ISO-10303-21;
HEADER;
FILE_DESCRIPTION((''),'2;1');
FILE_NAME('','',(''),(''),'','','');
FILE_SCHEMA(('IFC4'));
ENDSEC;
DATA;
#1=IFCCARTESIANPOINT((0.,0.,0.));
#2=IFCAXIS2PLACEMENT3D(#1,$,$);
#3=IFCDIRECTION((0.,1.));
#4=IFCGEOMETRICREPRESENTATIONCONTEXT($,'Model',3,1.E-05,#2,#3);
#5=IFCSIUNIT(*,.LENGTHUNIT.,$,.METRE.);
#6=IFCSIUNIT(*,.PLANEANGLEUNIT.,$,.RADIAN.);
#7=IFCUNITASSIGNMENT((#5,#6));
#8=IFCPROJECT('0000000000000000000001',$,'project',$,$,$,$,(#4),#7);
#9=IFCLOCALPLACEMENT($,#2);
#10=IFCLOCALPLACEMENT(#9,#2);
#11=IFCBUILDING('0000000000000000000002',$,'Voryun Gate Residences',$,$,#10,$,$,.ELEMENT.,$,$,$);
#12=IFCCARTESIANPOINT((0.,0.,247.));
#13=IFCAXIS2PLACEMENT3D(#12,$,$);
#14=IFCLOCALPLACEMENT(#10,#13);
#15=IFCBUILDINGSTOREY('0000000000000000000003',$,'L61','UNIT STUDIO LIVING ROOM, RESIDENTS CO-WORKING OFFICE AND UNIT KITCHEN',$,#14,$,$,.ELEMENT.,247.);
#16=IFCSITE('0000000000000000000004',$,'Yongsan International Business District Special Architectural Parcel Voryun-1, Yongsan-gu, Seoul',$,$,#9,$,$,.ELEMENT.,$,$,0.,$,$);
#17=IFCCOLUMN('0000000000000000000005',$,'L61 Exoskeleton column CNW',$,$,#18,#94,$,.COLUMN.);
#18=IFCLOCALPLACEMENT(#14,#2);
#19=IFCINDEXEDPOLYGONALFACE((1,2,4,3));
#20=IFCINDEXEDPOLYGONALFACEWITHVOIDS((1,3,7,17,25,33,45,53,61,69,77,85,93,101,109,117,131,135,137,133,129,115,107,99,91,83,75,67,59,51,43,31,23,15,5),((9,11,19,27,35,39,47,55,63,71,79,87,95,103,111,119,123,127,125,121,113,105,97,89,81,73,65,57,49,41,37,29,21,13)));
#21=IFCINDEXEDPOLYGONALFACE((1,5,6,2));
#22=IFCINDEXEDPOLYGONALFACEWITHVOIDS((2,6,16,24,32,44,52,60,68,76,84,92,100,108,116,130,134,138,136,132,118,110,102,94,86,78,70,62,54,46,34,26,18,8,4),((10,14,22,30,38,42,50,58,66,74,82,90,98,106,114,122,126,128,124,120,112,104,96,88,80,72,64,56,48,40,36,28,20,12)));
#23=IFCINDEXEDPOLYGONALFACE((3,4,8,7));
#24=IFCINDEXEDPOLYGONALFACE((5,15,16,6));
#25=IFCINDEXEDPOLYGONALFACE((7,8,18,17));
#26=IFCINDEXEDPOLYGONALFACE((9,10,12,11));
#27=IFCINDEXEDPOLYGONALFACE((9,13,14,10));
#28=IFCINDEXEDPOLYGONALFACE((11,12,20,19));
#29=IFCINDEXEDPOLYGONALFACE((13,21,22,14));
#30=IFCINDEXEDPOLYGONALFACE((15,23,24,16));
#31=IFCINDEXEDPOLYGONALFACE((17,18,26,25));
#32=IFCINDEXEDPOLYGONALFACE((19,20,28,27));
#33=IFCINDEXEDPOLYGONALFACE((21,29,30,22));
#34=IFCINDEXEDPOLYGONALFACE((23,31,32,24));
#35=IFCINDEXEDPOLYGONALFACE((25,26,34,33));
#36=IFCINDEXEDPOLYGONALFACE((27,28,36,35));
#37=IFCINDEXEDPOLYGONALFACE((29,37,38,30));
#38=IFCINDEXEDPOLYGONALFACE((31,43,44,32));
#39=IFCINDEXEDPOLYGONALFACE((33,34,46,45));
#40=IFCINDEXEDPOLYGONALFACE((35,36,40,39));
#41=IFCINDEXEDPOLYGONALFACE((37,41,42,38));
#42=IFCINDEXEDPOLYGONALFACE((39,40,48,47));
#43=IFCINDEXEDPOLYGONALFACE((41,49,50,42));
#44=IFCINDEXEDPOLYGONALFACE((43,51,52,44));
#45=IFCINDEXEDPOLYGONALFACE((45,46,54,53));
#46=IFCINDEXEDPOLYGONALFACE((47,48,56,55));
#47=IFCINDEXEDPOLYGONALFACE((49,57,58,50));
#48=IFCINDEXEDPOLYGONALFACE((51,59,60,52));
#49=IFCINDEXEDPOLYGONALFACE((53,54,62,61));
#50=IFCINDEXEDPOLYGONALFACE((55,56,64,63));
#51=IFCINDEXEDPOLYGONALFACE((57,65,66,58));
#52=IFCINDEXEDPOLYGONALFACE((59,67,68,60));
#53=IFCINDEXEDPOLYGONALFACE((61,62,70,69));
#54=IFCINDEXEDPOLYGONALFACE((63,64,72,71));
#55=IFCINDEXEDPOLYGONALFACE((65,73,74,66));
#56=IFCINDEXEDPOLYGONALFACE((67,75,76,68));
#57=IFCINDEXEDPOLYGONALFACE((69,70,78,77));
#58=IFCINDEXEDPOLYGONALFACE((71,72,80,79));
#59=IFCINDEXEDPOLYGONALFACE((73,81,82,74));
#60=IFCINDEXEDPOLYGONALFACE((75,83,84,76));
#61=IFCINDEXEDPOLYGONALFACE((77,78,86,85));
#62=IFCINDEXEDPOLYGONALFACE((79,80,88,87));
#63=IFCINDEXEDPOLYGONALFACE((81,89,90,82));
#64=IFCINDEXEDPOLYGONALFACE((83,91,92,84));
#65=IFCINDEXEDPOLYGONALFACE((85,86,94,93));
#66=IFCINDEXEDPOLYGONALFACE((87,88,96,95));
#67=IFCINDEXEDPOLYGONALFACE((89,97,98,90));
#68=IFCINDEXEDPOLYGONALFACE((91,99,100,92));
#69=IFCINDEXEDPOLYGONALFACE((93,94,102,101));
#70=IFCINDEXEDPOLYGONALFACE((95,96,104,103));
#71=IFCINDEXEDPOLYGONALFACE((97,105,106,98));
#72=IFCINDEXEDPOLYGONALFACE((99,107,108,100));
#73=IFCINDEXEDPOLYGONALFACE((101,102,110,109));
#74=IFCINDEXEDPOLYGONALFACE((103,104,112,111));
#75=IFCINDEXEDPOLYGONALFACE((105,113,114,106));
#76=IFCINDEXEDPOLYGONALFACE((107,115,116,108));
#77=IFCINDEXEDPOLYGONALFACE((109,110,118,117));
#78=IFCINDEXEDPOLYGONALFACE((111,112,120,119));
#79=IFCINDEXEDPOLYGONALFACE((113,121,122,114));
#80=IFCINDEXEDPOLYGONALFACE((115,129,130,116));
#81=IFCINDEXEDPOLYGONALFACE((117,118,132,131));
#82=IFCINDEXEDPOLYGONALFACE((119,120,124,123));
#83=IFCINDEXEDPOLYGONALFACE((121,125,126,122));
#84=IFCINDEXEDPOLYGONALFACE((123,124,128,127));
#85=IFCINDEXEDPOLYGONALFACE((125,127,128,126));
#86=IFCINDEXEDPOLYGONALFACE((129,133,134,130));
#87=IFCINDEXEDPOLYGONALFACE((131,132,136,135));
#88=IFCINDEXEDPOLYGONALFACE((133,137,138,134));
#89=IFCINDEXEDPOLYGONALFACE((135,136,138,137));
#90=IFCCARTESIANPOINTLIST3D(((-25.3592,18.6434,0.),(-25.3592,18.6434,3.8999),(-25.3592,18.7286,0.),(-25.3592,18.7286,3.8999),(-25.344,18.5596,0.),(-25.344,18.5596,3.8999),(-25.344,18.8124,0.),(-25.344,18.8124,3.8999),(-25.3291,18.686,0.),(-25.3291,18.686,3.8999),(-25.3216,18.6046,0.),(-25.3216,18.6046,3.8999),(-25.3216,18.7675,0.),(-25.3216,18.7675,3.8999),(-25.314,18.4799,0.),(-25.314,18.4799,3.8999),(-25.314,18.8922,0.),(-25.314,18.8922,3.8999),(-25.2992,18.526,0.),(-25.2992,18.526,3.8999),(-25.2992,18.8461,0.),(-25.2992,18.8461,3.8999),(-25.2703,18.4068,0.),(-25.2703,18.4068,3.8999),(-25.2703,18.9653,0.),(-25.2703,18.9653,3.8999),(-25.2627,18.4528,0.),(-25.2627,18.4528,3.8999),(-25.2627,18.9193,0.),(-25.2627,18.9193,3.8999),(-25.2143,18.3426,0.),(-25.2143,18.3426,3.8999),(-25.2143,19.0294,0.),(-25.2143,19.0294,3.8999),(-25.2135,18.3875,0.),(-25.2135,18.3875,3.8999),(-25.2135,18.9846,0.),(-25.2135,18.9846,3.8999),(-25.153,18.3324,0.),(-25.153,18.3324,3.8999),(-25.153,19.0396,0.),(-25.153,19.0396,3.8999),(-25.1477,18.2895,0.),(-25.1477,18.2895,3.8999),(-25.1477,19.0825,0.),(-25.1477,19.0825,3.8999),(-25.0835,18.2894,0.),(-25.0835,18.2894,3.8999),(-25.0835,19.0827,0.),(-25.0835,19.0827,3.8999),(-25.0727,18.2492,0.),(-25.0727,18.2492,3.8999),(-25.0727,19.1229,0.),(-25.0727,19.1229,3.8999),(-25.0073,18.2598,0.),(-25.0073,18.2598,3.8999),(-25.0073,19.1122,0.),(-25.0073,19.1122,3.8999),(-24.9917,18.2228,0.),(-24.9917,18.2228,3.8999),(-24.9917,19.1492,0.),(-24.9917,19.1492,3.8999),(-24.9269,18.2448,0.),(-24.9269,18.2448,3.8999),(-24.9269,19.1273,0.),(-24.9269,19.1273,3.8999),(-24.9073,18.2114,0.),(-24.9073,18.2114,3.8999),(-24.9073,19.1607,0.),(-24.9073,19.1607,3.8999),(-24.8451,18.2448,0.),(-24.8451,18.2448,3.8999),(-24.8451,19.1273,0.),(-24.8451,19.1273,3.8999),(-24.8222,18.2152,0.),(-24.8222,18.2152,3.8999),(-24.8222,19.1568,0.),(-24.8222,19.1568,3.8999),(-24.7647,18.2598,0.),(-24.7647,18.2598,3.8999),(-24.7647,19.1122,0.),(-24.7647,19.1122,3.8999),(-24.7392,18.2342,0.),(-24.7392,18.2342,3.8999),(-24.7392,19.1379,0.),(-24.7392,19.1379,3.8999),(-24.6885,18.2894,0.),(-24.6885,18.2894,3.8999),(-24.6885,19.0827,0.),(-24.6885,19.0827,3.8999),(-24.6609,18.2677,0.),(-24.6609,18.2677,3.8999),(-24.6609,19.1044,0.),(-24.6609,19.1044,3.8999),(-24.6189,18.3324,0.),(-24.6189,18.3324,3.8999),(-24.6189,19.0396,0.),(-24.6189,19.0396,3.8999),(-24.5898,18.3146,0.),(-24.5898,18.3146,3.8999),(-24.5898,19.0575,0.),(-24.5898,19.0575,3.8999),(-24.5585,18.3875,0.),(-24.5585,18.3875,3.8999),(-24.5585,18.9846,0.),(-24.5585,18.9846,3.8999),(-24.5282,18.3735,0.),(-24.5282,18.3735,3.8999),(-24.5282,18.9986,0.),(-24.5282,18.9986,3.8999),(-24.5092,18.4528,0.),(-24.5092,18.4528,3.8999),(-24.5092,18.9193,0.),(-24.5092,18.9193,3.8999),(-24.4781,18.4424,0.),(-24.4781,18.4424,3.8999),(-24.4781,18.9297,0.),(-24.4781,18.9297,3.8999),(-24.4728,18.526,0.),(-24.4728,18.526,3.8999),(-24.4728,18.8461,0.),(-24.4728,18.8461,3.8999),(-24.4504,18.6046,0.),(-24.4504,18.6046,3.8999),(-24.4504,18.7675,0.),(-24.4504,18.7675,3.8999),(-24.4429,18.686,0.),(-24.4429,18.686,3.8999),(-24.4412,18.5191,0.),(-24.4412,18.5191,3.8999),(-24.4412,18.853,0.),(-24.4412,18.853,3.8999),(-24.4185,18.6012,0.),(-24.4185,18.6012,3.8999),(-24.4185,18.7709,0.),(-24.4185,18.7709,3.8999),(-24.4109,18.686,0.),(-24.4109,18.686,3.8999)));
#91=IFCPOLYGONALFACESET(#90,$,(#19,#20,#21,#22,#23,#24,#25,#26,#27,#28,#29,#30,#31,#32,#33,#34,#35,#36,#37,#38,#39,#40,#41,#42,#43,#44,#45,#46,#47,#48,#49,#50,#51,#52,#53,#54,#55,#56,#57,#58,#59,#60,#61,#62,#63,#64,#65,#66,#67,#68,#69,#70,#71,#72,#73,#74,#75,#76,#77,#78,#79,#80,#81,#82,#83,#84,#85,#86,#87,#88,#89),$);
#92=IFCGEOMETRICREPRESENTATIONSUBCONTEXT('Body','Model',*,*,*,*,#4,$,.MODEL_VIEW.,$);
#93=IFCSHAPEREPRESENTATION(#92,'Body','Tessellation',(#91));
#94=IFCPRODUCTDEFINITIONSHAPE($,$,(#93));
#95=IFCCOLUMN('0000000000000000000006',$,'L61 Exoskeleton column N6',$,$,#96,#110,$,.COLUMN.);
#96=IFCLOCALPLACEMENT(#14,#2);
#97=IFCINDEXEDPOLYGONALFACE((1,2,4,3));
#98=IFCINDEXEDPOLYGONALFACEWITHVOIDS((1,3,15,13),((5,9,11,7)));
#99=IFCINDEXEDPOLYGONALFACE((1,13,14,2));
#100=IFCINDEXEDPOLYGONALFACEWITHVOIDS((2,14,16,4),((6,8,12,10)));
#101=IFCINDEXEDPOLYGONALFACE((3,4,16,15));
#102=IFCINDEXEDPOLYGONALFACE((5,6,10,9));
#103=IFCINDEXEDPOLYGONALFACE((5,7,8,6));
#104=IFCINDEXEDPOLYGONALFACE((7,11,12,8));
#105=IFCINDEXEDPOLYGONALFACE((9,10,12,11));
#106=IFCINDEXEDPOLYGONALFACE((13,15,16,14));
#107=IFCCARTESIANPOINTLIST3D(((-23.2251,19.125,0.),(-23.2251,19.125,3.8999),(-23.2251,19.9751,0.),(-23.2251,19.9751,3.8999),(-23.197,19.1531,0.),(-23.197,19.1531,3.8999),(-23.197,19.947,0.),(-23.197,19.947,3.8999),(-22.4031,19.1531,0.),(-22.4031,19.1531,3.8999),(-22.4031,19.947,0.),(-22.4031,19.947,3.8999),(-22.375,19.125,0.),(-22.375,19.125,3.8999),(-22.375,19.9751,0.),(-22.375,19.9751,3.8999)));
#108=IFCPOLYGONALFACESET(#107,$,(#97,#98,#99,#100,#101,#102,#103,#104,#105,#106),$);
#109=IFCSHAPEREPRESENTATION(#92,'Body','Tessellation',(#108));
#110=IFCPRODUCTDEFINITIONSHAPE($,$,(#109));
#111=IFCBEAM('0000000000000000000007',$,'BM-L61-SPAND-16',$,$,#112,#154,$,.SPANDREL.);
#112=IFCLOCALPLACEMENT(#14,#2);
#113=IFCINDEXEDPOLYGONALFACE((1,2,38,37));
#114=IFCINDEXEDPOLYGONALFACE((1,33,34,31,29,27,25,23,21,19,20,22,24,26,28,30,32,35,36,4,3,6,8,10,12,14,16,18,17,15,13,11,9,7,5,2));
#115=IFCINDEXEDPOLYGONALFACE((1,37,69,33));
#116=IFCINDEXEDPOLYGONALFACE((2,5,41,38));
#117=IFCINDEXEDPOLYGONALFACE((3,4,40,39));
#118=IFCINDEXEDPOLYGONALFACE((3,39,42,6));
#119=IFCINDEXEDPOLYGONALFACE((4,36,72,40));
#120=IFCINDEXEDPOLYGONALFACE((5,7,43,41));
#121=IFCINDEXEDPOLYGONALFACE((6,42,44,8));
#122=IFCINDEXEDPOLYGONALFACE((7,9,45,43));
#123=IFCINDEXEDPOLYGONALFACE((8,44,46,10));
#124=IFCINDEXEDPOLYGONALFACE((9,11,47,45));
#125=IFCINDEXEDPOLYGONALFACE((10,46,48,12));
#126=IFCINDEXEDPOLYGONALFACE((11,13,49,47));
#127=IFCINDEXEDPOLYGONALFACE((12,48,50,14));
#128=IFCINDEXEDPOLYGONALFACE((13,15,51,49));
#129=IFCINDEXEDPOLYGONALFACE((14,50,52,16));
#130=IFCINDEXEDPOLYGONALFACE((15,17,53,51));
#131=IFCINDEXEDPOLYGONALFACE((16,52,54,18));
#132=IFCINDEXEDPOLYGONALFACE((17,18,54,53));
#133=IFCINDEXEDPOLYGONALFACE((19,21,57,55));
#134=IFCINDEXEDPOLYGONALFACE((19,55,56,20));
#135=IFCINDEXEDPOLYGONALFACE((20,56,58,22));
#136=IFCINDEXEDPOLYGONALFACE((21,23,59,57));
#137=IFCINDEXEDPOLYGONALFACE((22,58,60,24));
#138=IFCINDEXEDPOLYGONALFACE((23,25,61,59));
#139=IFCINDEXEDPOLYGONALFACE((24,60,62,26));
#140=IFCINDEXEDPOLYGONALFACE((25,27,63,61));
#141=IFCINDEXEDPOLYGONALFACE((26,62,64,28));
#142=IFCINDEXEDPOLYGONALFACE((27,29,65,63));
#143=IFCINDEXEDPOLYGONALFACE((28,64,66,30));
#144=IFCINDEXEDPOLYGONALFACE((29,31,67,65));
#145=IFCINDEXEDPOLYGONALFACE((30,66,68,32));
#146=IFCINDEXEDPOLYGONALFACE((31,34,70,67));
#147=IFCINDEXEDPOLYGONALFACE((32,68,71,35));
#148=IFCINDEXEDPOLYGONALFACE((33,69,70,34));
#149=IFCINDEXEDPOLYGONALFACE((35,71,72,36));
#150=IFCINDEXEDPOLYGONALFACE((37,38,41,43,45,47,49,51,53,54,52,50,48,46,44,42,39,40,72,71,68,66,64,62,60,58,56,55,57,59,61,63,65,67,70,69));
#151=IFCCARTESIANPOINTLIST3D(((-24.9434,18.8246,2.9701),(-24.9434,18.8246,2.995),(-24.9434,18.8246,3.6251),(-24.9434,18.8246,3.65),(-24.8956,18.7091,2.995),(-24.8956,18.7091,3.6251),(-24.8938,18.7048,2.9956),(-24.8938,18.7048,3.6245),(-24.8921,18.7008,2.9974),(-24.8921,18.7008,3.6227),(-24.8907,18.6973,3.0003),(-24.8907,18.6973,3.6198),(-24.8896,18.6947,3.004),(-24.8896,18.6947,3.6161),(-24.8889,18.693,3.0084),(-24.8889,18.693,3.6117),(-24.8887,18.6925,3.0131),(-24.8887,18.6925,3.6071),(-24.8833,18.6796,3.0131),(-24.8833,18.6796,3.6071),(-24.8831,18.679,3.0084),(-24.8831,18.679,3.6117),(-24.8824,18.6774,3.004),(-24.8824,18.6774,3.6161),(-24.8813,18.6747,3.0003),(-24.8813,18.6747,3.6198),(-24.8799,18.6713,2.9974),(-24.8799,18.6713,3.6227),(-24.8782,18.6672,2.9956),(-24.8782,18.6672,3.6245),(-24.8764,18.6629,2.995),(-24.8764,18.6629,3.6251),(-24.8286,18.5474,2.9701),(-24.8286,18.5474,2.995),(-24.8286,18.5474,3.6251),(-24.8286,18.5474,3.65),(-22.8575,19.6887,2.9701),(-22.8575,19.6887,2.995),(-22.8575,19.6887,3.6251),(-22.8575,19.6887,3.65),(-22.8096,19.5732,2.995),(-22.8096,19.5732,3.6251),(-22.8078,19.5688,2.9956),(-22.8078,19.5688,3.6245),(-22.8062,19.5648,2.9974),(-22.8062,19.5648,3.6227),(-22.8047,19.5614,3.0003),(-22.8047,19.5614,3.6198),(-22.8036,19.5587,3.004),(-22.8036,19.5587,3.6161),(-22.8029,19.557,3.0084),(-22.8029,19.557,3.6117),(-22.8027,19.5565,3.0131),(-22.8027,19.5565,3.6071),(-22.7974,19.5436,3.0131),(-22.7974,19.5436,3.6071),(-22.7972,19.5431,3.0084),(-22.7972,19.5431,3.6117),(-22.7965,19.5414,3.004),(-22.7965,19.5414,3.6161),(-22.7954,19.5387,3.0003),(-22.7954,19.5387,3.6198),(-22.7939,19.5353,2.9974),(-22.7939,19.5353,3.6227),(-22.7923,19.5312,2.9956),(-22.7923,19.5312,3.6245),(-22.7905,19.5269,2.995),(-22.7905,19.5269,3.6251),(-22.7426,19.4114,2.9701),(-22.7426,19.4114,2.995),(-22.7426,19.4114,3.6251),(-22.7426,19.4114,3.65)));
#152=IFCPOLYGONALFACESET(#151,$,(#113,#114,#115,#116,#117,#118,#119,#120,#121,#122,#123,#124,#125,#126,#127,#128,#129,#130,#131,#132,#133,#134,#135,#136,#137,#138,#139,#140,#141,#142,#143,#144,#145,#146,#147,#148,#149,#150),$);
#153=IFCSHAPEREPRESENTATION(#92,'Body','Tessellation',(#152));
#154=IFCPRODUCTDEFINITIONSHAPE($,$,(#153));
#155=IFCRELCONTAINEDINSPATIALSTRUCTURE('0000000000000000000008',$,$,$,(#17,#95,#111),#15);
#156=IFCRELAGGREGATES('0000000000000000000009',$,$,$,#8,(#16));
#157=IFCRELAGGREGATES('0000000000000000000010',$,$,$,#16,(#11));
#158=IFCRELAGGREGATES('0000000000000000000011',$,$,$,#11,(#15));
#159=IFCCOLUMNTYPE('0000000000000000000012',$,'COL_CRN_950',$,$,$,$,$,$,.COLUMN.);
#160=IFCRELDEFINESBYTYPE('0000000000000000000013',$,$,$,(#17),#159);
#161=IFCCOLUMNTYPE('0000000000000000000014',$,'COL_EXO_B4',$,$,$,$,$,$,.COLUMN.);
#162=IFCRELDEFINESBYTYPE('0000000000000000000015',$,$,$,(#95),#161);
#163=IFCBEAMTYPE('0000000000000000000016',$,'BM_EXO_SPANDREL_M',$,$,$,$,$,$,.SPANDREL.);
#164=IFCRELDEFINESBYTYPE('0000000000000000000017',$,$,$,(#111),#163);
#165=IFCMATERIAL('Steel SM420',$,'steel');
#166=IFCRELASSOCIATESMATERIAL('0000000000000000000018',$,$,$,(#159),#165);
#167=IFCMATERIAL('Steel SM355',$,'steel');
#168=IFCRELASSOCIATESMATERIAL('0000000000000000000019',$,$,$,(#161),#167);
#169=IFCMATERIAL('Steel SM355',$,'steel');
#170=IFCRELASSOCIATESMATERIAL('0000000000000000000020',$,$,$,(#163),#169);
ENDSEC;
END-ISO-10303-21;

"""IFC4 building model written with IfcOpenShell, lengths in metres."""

from ifc_helpers import new_model, si_unit, direction, frame, origin, origin_2d, place, context, subcontext, project, spatial, hollow_rectangle, hollow_circle, i_section, extrude, material, material_profile, profile_set, type_object, element, save


model = new_model("IFC4")

# Units and contexts
model_context = context("Model", 3, precision=1e-05, world=origin(), true_north=direction((0.0, 1.0)))
body_context = subcontext(model_context, "Body", "Model", "MODEL_VIEW")
ifc_project = project(units=[si_unit("LENGTHUNIT", "METRE"), si_unit("PLANEANGLEUNIT", "RADIAN")], contexts=[model_context])

# Site, building, storey
site_placement = place(None, origin())
site = spatial("IfcSite", under=ifc_project, at=site_placement, Name="Yongsan International Business District Special Architectural Parcel Voryun-1, Yongsan-gu, Seoul", CompositionType="ELEMENT", RefElevation=0.0)
building_placement = place(site_placement, origin())
building = spatial("IfcBuilding", under=site, at=building_placement, Name="Voryun Gate Residences", CompositionType="ELEMENT")
storey_placement = place(building_placement, frame((0.0, 0.0, 247.0)))
storey = spatial("IfcBuildingStorey", under=building, at=storey_placement, Name="L61", Description="UNIT STUDIO LIVING ROOM, RESIDENTS CO-WORKING OFFICE AND UNIT KITCHEN", CompositionType="ELEMENT", Elevation=247.0)

# Columns
ifc_material_1 = material(Name="Steel SM420", Category="steel")
ifc_material_profile_1 = material_profile(ifc_material_1, hollow_circle(Radius=0.4751, WallThickness=0.032, at=origin_2d()), Name="CHS-950x32")
ifc_profile_set_1 = profile_set([ifc_material_profile_1], Name="Steel SM420")
column_type_1 = type_object("IfcColumnType", Name="COL_CRN_950", PredefinedType="COLUMN", material=ifc_profile_set_1)
column_1_placement = place(storey_placement, frame((-24.886, 18.686, 0.0), z_axis=(0.0, 0.0, 1.0), x_axis=(1.0, 0.0, 0.0)))
element("IfcColumn", 1, at=column_1_placement, inside=storey, type_object=column_type_1, Name="L61 Exoskeleton column CNW", PredefinedType="COLUMN", context=body_context, shape_type="SweptSolid", body=[
    extrude(hollow_circle(Radius=0.4751, WallThickness=0.032, at=origin_2d()), origin(), (0.0, 0.0, 1.0), 3.8999),
])
ifc_material_2 = material(Name="Steel SM355", Category="steel")
ifc_material_profile_2 = material_profile(ifc_material_2, hollow_rectangle(XDim=0.8501, YDim=0.8501, WallThickness=0.0281, at=origin_2d()), Name="BOX-850x850x28")
ifc_profile_set_2 = profile_set([ifc_material_profile_2], Name="Steel SM355")
column_type_2 = type_object("IfcColumnType", Name="COL_EXO_B4", PredefinedType="COLUMN", material=ifc_profile_set_2)
column_2_placement = place(storey_placement, frame((-22.8, 19.55, 0.0), z_axis=(0.0, 0.0, 1.0), x_axis=(1.0, 0.0, 0.0)))
element("IfcColumn", 2, at=column_2_placement, inside=storey, type_object=column_type_2, Name="L61 Exoskeleton column N6", PredefinedType="COLUMN", context=body_context, shape_type="SweptSolid", body=[
    extrude(hollow_rectangle(XDim=0.8501, YDim=0.8501, WallThickness=0.0281, at=origin_2d()), origin(), (0.0, 0.0, 1.0), 3.8999),
])

# Beam
ifc_material_3 = material(Name="Steel SM355", Category="steel")
ifc_material_profile_3 = material_profile(ifc_material_3, i_section(OverallWidth=0.3, OverallDepth=0.6799, WebThickness=0.0139, FlangeThickness=0.0249, FilletRadius=0.0181, at=origin_2d()), Name="H-680x300x14x25")
ifc_profile_set_3 = profile_set([ifc_material_profile_3], Name="Steel SM355")
beam_type = type_object("IfcBeamType", Name="BM_EXO_SPANDREL_M", PredefinedType="SPANDREL", material=ifc_profile_set_3)
beam_1_placement = place(storey_placement, frame((-22.8, 19.55, 3.3101), z_axis=(-0.923881, -0.38268, 0.0), x_axis=(0.38268, -0.923881, 0.0)))
element("IfcBeam", 3, at=beam_1_placement, inside=storey, type_object=beam_type, Name="BM-L61-SPAND-16", PredefinedType="SPANDREL", context=body_context, shape_type="SweptSolid", body=[
    extrude(i_section(OverallWidth=0.3, OverallDepth=0.6799, WebThickness=0.0139, FlangeThickness=0.0249, FilletRadius=0.0181, at=origin_2d()), origin(), (0.0, 0.0, 1.0), 2.2578),
])

save(model, "model.ifc")
